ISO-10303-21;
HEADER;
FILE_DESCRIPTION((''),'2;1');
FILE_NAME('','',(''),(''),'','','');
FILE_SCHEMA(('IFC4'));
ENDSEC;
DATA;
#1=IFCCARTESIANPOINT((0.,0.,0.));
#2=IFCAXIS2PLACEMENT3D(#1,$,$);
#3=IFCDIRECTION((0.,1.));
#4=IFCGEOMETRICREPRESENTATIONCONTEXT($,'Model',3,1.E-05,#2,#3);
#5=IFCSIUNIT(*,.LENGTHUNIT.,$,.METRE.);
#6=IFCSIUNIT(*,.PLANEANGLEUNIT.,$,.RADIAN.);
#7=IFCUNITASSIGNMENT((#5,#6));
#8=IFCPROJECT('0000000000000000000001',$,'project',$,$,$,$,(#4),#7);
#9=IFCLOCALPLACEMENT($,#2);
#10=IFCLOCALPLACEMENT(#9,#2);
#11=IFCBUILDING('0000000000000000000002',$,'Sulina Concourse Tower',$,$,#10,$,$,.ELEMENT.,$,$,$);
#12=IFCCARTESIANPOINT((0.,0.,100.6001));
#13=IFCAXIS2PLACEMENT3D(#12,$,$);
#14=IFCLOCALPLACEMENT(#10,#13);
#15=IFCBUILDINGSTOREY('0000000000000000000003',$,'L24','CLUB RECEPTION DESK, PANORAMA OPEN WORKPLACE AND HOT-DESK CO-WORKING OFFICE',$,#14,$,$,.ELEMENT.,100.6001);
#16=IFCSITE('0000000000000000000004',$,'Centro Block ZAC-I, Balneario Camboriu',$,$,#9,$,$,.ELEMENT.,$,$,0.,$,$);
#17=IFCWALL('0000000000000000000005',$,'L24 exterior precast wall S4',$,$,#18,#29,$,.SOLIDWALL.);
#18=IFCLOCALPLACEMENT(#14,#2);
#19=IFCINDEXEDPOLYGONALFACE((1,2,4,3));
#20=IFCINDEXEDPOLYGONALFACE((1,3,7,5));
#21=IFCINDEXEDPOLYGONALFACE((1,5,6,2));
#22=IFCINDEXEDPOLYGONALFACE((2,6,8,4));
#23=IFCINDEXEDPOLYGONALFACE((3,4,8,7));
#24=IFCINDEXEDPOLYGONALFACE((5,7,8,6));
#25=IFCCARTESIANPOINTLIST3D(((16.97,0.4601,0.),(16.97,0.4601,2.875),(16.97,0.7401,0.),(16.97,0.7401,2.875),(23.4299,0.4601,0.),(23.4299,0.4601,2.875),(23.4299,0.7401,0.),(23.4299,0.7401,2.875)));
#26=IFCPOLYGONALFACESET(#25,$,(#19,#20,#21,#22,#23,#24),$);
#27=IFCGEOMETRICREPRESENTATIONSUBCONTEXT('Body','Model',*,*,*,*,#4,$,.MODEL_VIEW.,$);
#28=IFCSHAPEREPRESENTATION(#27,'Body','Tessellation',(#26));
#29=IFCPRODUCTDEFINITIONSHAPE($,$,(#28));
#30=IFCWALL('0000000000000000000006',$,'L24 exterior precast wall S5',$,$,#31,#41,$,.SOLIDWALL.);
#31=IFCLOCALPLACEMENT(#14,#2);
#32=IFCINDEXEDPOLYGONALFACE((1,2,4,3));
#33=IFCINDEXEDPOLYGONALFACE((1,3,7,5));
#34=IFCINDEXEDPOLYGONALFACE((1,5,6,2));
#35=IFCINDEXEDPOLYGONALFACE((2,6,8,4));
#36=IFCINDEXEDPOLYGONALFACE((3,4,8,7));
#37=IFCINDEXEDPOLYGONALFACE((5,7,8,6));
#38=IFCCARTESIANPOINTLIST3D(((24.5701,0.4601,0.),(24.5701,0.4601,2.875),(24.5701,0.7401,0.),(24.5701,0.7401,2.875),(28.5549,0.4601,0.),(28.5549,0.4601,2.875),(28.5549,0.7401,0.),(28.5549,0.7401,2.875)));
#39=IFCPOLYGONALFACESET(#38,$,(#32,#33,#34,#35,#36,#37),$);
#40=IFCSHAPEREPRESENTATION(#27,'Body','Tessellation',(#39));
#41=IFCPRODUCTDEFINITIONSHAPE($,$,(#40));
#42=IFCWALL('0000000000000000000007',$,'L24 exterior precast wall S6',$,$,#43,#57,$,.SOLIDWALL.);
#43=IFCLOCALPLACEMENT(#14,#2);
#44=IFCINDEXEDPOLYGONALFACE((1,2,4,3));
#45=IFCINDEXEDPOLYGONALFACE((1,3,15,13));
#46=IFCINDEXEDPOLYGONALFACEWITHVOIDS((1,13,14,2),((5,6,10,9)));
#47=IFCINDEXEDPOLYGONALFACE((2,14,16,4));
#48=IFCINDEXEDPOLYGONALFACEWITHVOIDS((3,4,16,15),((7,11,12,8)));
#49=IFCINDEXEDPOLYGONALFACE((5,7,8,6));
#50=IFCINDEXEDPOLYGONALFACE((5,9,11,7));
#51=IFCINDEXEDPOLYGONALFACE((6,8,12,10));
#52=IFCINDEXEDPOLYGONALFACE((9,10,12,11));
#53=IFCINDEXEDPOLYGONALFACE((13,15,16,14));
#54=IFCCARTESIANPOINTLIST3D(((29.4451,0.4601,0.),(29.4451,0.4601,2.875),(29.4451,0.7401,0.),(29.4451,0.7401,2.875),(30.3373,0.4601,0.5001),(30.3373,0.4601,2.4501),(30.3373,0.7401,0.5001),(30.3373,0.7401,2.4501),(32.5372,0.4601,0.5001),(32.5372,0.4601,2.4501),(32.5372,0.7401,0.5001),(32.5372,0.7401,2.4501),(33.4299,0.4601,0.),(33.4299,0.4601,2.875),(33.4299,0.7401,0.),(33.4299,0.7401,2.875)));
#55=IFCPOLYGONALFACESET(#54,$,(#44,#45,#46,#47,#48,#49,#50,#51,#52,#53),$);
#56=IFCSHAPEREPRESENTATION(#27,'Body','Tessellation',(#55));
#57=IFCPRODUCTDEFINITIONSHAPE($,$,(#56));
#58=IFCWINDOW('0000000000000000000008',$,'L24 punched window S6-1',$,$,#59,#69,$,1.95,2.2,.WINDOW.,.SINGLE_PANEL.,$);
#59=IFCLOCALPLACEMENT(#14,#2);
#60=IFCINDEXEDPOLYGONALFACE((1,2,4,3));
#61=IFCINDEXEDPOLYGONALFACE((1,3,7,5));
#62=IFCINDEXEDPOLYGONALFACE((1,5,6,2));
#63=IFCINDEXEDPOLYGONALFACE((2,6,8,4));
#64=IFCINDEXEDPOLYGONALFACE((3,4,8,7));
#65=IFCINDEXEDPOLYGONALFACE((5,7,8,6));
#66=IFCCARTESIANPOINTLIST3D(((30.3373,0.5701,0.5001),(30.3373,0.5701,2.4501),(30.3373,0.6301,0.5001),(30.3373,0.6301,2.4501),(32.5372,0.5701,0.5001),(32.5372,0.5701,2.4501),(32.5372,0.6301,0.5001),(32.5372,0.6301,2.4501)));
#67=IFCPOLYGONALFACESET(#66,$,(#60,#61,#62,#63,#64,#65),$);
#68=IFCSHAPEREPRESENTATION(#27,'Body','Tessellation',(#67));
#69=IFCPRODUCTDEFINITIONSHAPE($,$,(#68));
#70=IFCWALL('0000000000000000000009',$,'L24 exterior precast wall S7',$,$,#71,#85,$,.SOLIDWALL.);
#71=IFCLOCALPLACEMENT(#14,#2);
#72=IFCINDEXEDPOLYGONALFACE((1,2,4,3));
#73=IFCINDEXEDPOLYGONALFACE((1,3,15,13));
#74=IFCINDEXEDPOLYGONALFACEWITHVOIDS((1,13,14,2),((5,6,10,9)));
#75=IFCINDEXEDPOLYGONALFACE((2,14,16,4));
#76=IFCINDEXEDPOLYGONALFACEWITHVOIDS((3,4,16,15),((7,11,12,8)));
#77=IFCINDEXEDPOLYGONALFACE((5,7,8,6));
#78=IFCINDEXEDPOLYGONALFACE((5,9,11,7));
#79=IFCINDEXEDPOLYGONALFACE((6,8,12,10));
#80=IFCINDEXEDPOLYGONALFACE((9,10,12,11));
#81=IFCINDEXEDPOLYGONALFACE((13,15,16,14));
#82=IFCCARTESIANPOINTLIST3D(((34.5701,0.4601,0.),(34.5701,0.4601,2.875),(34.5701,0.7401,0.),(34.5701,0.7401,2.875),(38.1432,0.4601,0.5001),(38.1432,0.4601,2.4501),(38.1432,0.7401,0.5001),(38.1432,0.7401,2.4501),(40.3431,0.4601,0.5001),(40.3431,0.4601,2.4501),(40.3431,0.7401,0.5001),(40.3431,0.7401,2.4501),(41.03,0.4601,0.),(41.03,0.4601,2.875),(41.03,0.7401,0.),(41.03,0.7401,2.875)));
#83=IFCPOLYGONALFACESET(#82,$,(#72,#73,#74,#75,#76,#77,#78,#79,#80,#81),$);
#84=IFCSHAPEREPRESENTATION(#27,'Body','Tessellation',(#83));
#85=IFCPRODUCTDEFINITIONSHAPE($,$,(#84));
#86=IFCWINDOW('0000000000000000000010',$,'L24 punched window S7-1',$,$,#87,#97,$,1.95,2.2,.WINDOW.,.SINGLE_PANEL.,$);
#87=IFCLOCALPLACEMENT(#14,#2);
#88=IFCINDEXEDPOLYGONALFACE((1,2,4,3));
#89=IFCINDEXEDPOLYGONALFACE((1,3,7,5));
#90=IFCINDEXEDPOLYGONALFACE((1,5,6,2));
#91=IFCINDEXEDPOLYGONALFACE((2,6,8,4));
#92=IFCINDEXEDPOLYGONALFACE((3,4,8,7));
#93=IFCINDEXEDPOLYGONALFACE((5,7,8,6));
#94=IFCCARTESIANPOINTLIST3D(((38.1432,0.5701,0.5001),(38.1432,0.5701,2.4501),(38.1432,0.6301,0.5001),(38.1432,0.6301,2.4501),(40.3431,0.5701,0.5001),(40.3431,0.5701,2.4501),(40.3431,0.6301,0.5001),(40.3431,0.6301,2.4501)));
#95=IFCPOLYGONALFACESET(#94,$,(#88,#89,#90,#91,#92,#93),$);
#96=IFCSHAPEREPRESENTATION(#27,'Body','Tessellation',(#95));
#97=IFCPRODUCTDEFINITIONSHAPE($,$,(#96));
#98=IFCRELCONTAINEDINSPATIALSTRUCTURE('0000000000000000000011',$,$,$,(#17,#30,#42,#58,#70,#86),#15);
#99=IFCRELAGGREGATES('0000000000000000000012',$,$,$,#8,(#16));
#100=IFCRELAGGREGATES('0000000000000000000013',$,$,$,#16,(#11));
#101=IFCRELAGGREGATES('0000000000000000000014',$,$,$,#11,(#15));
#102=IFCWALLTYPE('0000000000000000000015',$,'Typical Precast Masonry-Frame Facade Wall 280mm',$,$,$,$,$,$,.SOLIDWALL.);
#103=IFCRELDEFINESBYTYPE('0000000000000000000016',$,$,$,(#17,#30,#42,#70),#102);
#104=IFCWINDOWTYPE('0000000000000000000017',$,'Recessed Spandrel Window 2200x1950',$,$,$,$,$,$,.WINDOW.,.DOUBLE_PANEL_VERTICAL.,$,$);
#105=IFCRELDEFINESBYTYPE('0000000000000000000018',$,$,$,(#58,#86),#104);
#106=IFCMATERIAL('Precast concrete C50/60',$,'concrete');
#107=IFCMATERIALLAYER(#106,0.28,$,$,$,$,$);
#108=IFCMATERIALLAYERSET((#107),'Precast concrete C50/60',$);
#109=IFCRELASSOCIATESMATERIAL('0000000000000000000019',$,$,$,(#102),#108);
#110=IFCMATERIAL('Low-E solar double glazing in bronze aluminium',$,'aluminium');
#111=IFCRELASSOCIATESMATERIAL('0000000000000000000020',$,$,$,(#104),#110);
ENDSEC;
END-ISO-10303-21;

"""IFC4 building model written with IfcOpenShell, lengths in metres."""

from ifc_helpers import new_model, si_unit, direction, frame, frame_2d, origin, place, context, subcontext, project, spatial, rectangle, extrude, material, layer, layer_set, type_object, element, fill, save


model = new_model("IFC4")

# Units and contexts
model_context = context("Model", 3, precision=1e-05, world=origin(), true_north=direction((0.0, 1.0)))
body_context = subcontext(model_context, "Body", "Model", "MODEL_VIEW")
ifc_project = project(units=[si_unit("LENGTHUNIT", "METRE"), si_unit("PLANEANGLEUNIT", "RADIAN")], contexts=[model_context])

# Site, building, storey
site_placement = place(None, origin())
site = spatial("IfcSite", under=ifc_project, at=site_placement, Name="Centro Block ZAC-I, Balneario Camboriu", CompositionType="ELEMENT", RefElevation=0.0)
building_placement = place(site_placement, origin())
building = spatial("IfcBuilding", under=site, at=building_placement, Name="Sulina Concourse Tower", CompositionType="ELEMENT")
storey_placement = place(building_placement, frame((0.0, 0.0, 100.6001)))
storey = spatial("IfcBuildingStorey", under=building, at=storey_placement, Name="L24", Description="CLUB RECEPTION DESK, PANORAMA OPEN WORKPLACE AND HOT-DESK CO-WORKING OFFICE", CompositionType="ELEMENT", Elevation=100.6001)

# Walls
ifc_material_1 = material(Name="Precast concrete C50/60", Category="concrete")
ifc_layer_1 = layer(ifc_material_1, 0.28)
ifc_layer_set_1 = layer_set([ifc_layer_1], Name="Precast concrete C50/60")
wall_type_1 = type_object("IfcWallType", Name="Typical Precast Masonry-Frame Facade Wall 280mm", PredefinedType="SOLIDWALL", material=ifc_layer_set_1)
wall_1_placement = place(storey_placement, frame((23.4299, 0.6001, 0.0), z_axis=(0.0, 0.0, 1.0), x_axis=(-1.0, 0.0, 0.0)))
element("IfcWall", 1, at=wall_1_placement, inside=storey, type_object=wall_type_1, Name="L24 exterior precast wall S4", PredefinedType="SOLIDWALL", context=body_context, shape_type="SweptSolid", body=[
    extrude(rectangle(XDim=6.46, YDim=0.28, at=frame_2d((3.23, 0.0))), origin(), (0.0, 0.0, 1.0), 2.875),
])
wall_2_placement = place(storey_placement, frame((28.5549, 0.6001, 0.0), z_axis=(0.0, 0.0, 1.0), x_axis=(-1.0, 0.0, 0.0)))
element("IfcWall", 2, at=wall_2_placement, inside=storey, type_object=wall_type_1, Name="L24 exterior precast wall S5", PredefinedType="SOLIDWALL", context=body_context, shape_type="SweptSolid", body=[
    extrude(rectangle(XDim=3.9849, YDim=0.28, at=frame_2d((1.9924, 0.0))), origin(), (0.0, 0.0, 1.0), 2.875),
])

# Walls, openings, windows
wall_3_placement = place(storey_placement, frame((33.4299, 0.6001, 0.0), z_axis=(0.0, 0.0, 1.0), x_axis=(-1.0, 0.0, 0.0)))
wall_3 = element("IfcWall", 3, at=wall_3_placement, inside=storey, type_object=wall_type_1, Name="L24 exterior precast wall S6", PredefinedType="SOLIDWALL", context=body_context, shape_type="SweptSolid", body=[
    extrude(rectangle(XDim=3.9849, YDim=0.28, at=frame_2d((1.9924, 0.0))), origin(), (0.0, 0.0, 1.0), 2.875),
])
opening_1_placement = place(wall_3_placement, frame((0.8926, 0.0, 0.5)))
opening_1 = element("IfcOpeningElement", 4, at=opening_1_placement, cuts=wall_3, PredefinedType="OPENING", context=body_context, shape_type="SweptSolid", body=[
    extrude(rectangle(XDim=2.2, YDim=1.95, at=frame_2d((1.1001, 0.9751))), frame((0.0, 0.1499, 0.0), z_axis=(0.0, -1.0, 0.0), x_axis=(1.0, 0.0, 0.0)), (0.0, 0.0, 1.0), 0.3),
])
ifc_material_2 = material(Name="Low-E solar double glazing in bronze aluminium", Category="aluminium")
window_type = type_object("IfcWindowType", Name="Recessed Spandrel Window 2200x1950", PartitioningType="DOUBLE_PANEL_VERTICAL", PredefinedType="WINDOW", material=ifc_material_2)
window_1_placement = place(opening_1_placement, origin())
window_1 = element("IfcWindow", 5, at=window_1_placement, inside=storey, type_object=window_type, Name="L24 punched window S6-1", OverallHeight=1.95, OverallWidth=2.2, PartitioningType="SINGLE_PANEL", PredefinedType="WINDOW", context=body_context, shape_type="SweptSolid", body=[
    extrude(rectangle(XDim=2.2, YDim=1.95, at=frame_2d((1.1001, 0.9751))), frame((0.0, 0.03, 0.0), z_axis=(0.0, -1.0, 0.0), x_axis=(1.0, 0.0, 0.0)), (0.0, 0.0, 1.0), 0.0601),
])
fill(opening_1, window_1)
wall_4_placement = place(storey_placement, frame((41.03, 0.6001, 0.0), z_axis=(0.0, 0.0, 1.0), x_axis=(-1.0, 0.0, 0.0)))
wall_4 = element("IfcWall", 6, at=wall_4_placement, inside=storey, type_object=wall_type_1, Name="L24 exterior precast wall S7", PredefinedType="SOLIDWALL", context=body_context, shape_type="SweptSolid", body=[
    extrude(rectangle(XDim=6.46, YDim=0.28, at=frame_2d((3.23, 0.0))), origin(), (0.0, 0.0, 1.0), 2.875),
])
opening_2_placement = place(wall_4_placement, frame((0.6868, 0.0, 0.5)))
opening_2 = element("IfcOpeningElement", 7, at=opening_2_placement, cuts=wall_4, PredefinedType="OPENING", context=body_context, shape_type="SweptSolid", body=[
    extrude(rectangle(XDim=2.2, YDim=1.95, at=frame_2d((1.1001, 0.9751))), frame((0.0, 0.1499, 0.0), z_axis=(0.0, -1.0, 0.0), x_axis=(1.0, 0.0, 0.0)), (0.0, 0.0, 1.0), 0.3),
])
window_2_placement = place(opening_2_placement, origin())
window_2 = element("IfcWindow", 8, at=window_2_placement, inside=storey, type_object=window_type, Name="L24 punched window S7-1", OverallHeight=1.95, OverallWidth=2.2, PartitioningType="SINGLE_PANEL", PredefinedType="WINDOW", context=body_context, shape_type="SweptSolid", body=[
    extrude(rectangle(XDim=2.2, YDim=1.95, at=frame_2d((1.1001, 0.9751))), frame((0.0, 0.03, 0.0), z_axis=(0.0, -1.0, 0.0), x_axis=(1.0, 0.0, 0.0)), (0.0, 0.0, 1.0), 0.0601),
])
fill(opening_2, window_2)

save(model, "model.ifc")
